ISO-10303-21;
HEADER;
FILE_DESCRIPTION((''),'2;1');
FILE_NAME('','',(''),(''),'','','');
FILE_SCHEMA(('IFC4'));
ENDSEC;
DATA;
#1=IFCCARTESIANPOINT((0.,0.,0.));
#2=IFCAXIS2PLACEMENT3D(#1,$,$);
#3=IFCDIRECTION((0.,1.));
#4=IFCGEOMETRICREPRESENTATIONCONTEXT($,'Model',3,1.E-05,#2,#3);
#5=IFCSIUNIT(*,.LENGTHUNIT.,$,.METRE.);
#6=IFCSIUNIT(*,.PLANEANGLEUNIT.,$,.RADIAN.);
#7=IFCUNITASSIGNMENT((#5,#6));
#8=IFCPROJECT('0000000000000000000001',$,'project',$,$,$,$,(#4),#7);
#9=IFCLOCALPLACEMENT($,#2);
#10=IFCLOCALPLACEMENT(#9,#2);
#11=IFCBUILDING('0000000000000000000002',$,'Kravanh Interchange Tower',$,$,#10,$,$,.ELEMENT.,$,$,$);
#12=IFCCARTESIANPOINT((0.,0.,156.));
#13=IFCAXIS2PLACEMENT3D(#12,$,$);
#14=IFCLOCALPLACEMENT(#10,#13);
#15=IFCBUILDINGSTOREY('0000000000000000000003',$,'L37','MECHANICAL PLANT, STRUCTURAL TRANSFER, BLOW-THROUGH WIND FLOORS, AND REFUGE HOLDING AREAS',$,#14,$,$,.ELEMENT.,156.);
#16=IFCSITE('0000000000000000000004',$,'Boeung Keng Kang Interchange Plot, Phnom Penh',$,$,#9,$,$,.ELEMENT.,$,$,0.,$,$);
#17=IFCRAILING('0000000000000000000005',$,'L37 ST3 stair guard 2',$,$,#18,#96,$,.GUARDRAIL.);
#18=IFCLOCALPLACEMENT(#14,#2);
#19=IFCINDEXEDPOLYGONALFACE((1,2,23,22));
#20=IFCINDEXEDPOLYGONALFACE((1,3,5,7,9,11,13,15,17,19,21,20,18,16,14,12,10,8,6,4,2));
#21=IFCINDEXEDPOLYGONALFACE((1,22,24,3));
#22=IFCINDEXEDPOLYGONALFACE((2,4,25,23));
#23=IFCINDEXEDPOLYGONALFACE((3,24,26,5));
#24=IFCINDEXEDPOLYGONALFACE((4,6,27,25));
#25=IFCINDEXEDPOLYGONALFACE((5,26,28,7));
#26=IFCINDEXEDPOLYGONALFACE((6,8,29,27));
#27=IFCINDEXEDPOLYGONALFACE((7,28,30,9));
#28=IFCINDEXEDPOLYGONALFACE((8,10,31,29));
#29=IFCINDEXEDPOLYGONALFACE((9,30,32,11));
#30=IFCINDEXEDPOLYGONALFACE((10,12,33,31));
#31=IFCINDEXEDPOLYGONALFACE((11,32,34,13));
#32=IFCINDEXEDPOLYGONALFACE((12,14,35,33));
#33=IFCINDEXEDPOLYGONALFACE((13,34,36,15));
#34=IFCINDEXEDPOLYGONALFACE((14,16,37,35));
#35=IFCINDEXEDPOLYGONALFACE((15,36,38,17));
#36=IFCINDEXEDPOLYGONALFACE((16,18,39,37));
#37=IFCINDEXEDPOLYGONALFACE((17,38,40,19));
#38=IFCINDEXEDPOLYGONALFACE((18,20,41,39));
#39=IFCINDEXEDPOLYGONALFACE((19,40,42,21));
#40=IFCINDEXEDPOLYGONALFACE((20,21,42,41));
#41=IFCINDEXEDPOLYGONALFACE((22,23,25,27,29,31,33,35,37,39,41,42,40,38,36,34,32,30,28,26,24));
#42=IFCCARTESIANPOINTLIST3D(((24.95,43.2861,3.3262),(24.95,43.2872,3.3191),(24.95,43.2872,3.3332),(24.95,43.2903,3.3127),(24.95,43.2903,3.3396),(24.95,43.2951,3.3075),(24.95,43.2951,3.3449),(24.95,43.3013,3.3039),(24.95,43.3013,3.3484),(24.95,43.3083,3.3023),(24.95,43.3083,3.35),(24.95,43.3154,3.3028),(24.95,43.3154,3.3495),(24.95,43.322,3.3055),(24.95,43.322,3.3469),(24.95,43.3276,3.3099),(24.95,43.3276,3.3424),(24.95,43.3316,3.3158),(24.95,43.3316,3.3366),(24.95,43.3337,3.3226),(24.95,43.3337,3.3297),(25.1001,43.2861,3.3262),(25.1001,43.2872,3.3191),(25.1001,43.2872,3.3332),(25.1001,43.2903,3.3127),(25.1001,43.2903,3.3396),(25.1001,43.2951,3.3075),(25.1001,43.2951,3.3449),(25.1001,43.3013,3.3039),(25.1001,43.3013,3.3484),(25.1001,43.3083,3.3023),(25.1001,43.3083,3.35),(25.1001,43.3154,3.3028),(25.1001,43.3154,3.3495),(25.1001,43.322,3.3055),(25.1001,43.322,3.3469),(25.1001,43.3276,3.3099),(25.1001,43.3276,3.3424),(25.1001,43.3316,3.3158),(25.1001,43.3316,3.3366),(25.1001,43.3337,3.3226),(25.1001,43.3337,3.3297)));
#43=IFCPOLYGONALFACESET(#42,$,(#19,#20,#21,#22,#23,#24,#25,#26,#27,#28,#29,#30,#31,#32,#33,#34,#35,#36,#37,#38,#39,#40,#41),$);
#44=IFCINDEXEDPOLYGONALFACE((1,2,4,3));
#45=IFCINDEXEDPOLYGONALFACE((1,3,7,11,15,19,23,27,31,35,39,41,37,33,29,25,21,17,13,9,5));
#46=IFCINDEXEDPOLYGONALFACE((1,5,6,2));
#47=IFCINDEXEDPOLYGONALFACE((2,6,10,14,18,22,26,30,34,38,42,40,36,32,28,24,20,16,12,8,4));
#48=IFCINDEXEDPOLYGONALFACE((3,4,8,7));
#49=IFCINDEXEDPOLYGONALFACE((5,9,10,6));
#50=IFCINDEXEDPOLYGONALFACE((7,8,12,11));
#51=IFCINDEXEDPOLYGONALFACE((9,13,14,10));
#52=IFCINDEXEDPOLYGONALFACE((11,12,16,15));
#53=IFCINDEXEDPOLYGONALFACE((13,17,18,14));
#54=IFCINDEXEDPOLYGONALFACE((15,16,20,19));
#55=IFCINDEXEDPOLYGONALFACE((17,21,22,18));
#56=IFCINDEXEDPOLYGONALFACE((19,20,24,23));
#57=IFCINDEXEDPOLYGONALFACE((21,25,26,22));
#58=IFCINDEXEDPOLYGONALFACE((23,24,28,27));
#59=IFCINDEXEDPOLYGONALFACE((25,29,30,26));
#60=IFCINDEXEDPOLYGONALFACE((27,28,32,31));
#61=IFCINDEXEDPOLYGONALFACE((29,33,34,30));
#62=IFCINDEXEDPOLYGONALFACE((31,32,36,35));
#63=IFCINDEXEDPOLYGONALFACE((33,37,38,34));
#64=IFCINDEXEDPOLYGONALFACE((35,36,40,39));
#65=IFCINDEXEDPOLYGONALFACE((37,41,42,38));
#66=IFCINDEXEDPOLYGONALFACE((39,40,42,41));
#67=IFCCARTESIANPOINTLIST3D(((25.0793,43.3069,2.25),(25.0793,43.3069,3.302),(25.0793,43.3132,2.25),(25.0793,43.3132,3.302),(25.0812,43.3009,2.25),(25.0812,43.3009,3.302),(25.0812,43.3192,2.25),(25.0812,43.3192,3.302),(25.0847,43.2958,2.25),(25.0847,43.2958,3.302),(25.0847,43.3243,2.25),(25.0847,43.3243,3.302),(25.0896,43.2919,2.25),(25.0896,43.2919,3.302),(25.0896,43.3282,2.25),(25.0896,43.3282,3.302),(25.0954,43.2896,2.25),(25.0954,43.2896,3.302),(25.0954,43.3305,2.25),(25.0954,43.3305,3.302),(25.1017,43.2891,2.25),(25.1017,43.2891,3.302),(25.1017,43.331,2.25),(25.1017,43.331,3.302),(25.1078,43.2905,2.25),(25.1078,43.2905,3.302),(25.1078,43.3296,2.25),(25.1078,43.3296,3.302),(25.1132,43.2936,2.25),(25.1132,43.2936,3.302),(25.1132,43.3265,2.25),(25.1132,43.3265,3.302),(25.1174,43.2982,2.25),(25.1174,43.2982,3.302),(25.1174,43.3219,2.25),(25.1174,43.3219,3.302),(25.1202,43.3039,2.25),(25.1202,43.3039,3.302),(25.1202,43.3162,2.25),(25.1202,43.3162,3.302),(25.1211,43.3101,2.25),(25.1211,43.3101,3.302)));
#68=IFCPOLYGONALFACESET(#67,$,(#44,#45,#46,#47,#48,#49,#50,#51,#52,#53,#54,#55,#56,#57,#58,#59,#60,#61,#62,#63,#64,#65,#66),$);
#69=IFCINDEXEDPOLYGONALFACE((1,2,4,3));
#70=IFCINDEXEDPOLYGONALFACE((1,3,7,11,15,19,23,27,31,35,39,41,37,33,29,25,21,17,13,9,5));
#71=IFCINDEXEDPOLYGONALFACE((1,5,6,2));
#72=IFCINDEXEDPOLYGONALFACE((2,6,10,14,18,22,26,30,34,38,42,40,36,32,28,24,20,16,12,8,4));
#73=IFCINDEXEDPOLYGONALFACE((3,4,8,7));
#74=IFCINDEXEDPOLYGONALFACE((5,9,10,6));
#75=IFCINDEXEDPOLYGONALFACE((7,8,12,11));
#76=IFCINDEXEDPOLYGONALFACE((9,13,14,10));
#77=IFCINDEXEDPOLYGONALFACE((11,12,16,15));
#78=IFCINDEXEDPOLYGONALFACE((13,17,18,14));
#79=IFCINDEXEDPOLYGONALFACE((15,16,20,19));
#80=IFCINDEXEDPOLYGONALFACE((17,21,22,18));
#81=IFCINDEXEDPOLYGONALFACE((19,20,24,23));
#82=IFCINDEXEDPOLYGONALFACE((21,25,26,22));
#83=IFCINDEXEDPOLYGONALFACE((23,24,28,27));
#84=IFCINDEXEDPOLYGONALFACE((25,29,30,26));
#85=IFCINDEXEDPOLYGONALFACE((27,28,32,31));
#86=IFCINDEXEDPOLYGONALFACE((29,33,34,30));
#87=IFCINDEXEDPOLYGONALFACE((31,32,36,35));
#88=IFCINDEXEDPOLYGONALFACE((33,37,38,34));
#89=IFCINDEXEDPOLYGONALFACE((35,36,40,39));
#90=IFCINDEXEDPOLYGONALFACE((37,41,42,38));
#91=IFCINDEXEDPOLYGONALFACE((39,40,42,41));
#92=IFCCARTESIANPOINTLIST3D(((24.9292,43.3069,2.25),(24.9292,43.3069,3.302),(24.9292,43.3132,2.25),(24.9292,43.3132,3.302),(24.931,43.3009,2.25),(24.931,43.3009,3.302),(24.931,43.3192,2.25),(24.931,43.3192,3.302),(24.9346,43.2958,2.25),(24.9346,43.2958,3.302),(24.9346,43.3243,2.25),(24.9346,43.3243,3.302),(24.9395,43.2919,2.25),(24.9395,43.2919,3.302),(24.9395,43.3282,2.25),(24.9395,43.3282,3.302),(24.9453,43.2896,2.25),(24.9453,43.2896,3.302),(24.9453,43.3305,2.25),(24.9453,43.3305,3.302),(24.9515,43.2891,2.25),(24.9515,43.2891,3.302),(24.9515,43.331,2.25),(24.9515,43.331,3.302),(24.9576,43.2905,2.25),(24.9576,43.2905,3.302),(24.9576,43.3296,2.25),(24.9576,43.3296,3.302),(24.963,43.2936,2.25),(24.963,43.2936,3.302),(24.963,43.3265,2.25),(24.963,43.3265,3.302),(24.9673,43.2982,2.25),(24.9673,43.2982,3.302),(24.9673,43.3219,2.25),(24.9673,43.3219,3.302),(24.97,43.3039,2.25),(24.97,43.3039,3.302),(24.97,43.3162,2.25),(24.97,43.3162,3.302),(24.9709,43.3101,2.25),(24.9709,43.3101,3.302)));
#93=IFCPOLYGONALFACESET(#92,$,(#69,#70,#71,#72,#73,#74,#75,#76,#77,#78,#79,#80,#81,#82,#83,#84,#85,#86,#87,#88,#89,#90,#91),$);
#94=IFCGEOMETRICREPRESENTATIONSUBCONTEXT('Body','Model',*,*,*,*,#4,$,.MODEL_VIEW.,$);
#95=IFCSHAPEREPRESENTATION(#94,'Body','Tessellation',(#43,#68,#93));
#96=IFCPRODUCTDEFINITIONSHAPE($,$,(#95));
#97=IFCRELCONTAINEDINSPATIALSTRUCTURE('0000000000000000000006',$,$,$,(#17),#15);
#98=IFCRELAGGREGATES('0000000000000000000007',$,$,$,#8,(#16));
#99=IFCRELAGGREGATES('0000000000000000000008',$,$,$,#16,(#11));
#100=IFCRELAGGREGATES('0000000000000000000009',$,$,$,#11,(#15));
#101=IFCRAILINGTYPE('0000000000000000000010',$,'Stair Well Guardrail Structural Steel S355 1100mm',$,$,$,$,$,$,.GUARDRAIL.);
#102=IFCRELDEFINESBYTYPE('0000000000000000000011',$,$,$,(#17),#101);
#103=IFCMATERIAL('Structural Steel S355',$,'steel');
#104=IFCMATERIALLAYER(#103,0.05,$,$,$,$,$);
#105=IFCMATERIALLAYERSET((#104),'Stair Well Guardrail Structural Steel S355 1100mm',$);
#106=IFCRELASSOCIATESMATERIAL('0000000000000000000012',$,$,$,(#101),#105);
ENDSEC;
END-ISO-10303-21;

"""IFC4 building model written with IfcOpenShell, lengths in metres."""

from ifc_helpers import new_model, si_unit, direction, frame, origin, origin_2d, place, context, subcontext, project, spatial, circle, extrude, material, layer, layer_set, type_object, element, save


model = new_model("IFC4")

# Units and contexts
model_context = context("Model", 3, precision=1e-05, world=origin(), true_north=direction((0.0, 1.0)))
body_context = subcontext(model_context, "Body", "Model", "MODEL_VIEW")
ifc_project = project(units=[si_unit("LENGTHUNIT", "METRE"), si_unit("PLANEANGLEUNIT", "RADIAN")], contexts=[model_context])

# Site, building, storey
site_placement = place(None, origin())
site = spatial("IfcSite", under=ifc_project, at=site_placement, Name="Boeung Keng Kang Interchange Plot, Phnom Penh", CompositionType="ELEMENT", RefElevation=0.0)
building_placement = place(site_placement, origin())
building = spatial("IfcBuilding", under=site, at=building_placement, Name="Kravanh Interchange Tower", CompositionType="ELEMENT")
storey_placement = place(building_placement, frame((0.0, 0.0, 156.0)))
storey = spatial("IfcBuildingStorey", under=building, at=storey_placement, Name="L37", Description="MECHANICAL PLANT, STRUCTURAL TRANSFER, BLOW-THROUGH WIND FLOORS, AND REFUGE HOLDING AREAS", CompositionType="ELEMENT", Elevation=156.0)

# Railing
ifc_material_1 = material(Name="Structural Steel S355", Category="steel")
ifc_layer_1 = layer(ifc_material_1, 0.05)
ifc_layer_set_1 = layer_set([ifc_layer_1], Name="Stair Well Guardrail Structural Steel S355 1100mm")
railing_type_1 = type_object("IfcRailingType", Name="Stair Well Guardrail Structural Steel S355 1100mm", PredefinedType="GUARDRAIL", material=ifc_layer_set_1)
railing_1_placement = place(storey_placement, frame((25.1001, 43.3101, 2.25)))
element("IfcRailing", 1, at=railing_1_placement, inside=storey, type_object=railing_type_1, Name="L37 ST3 stair guard 2", PredefinedType="GUARDRAIL", context=body_context, shape_type="SweptSolid", body=[
    extrude(circle(Radius=0.0239, at=origin_2d()), frame((0.0, 0.0, 1.0762), z_axis=(-1.0, 0.0, 0.0), x_axis=(0.0, -1.0, 0.0)), (0.0, 0.0, 1.0), 0.1501),
    extrude(circle(Radius=0.021, at=origin_2d()), origin(), (0.0, 0.0, 1.0), 1.052),
    extrude(circle(Radius=0.021, at=origin_2d()), frame((-0.1501, 0.0, 0.0)), (0.0, 0.0, 1.0), 1.052),
])

save(model, "model.ifc")
